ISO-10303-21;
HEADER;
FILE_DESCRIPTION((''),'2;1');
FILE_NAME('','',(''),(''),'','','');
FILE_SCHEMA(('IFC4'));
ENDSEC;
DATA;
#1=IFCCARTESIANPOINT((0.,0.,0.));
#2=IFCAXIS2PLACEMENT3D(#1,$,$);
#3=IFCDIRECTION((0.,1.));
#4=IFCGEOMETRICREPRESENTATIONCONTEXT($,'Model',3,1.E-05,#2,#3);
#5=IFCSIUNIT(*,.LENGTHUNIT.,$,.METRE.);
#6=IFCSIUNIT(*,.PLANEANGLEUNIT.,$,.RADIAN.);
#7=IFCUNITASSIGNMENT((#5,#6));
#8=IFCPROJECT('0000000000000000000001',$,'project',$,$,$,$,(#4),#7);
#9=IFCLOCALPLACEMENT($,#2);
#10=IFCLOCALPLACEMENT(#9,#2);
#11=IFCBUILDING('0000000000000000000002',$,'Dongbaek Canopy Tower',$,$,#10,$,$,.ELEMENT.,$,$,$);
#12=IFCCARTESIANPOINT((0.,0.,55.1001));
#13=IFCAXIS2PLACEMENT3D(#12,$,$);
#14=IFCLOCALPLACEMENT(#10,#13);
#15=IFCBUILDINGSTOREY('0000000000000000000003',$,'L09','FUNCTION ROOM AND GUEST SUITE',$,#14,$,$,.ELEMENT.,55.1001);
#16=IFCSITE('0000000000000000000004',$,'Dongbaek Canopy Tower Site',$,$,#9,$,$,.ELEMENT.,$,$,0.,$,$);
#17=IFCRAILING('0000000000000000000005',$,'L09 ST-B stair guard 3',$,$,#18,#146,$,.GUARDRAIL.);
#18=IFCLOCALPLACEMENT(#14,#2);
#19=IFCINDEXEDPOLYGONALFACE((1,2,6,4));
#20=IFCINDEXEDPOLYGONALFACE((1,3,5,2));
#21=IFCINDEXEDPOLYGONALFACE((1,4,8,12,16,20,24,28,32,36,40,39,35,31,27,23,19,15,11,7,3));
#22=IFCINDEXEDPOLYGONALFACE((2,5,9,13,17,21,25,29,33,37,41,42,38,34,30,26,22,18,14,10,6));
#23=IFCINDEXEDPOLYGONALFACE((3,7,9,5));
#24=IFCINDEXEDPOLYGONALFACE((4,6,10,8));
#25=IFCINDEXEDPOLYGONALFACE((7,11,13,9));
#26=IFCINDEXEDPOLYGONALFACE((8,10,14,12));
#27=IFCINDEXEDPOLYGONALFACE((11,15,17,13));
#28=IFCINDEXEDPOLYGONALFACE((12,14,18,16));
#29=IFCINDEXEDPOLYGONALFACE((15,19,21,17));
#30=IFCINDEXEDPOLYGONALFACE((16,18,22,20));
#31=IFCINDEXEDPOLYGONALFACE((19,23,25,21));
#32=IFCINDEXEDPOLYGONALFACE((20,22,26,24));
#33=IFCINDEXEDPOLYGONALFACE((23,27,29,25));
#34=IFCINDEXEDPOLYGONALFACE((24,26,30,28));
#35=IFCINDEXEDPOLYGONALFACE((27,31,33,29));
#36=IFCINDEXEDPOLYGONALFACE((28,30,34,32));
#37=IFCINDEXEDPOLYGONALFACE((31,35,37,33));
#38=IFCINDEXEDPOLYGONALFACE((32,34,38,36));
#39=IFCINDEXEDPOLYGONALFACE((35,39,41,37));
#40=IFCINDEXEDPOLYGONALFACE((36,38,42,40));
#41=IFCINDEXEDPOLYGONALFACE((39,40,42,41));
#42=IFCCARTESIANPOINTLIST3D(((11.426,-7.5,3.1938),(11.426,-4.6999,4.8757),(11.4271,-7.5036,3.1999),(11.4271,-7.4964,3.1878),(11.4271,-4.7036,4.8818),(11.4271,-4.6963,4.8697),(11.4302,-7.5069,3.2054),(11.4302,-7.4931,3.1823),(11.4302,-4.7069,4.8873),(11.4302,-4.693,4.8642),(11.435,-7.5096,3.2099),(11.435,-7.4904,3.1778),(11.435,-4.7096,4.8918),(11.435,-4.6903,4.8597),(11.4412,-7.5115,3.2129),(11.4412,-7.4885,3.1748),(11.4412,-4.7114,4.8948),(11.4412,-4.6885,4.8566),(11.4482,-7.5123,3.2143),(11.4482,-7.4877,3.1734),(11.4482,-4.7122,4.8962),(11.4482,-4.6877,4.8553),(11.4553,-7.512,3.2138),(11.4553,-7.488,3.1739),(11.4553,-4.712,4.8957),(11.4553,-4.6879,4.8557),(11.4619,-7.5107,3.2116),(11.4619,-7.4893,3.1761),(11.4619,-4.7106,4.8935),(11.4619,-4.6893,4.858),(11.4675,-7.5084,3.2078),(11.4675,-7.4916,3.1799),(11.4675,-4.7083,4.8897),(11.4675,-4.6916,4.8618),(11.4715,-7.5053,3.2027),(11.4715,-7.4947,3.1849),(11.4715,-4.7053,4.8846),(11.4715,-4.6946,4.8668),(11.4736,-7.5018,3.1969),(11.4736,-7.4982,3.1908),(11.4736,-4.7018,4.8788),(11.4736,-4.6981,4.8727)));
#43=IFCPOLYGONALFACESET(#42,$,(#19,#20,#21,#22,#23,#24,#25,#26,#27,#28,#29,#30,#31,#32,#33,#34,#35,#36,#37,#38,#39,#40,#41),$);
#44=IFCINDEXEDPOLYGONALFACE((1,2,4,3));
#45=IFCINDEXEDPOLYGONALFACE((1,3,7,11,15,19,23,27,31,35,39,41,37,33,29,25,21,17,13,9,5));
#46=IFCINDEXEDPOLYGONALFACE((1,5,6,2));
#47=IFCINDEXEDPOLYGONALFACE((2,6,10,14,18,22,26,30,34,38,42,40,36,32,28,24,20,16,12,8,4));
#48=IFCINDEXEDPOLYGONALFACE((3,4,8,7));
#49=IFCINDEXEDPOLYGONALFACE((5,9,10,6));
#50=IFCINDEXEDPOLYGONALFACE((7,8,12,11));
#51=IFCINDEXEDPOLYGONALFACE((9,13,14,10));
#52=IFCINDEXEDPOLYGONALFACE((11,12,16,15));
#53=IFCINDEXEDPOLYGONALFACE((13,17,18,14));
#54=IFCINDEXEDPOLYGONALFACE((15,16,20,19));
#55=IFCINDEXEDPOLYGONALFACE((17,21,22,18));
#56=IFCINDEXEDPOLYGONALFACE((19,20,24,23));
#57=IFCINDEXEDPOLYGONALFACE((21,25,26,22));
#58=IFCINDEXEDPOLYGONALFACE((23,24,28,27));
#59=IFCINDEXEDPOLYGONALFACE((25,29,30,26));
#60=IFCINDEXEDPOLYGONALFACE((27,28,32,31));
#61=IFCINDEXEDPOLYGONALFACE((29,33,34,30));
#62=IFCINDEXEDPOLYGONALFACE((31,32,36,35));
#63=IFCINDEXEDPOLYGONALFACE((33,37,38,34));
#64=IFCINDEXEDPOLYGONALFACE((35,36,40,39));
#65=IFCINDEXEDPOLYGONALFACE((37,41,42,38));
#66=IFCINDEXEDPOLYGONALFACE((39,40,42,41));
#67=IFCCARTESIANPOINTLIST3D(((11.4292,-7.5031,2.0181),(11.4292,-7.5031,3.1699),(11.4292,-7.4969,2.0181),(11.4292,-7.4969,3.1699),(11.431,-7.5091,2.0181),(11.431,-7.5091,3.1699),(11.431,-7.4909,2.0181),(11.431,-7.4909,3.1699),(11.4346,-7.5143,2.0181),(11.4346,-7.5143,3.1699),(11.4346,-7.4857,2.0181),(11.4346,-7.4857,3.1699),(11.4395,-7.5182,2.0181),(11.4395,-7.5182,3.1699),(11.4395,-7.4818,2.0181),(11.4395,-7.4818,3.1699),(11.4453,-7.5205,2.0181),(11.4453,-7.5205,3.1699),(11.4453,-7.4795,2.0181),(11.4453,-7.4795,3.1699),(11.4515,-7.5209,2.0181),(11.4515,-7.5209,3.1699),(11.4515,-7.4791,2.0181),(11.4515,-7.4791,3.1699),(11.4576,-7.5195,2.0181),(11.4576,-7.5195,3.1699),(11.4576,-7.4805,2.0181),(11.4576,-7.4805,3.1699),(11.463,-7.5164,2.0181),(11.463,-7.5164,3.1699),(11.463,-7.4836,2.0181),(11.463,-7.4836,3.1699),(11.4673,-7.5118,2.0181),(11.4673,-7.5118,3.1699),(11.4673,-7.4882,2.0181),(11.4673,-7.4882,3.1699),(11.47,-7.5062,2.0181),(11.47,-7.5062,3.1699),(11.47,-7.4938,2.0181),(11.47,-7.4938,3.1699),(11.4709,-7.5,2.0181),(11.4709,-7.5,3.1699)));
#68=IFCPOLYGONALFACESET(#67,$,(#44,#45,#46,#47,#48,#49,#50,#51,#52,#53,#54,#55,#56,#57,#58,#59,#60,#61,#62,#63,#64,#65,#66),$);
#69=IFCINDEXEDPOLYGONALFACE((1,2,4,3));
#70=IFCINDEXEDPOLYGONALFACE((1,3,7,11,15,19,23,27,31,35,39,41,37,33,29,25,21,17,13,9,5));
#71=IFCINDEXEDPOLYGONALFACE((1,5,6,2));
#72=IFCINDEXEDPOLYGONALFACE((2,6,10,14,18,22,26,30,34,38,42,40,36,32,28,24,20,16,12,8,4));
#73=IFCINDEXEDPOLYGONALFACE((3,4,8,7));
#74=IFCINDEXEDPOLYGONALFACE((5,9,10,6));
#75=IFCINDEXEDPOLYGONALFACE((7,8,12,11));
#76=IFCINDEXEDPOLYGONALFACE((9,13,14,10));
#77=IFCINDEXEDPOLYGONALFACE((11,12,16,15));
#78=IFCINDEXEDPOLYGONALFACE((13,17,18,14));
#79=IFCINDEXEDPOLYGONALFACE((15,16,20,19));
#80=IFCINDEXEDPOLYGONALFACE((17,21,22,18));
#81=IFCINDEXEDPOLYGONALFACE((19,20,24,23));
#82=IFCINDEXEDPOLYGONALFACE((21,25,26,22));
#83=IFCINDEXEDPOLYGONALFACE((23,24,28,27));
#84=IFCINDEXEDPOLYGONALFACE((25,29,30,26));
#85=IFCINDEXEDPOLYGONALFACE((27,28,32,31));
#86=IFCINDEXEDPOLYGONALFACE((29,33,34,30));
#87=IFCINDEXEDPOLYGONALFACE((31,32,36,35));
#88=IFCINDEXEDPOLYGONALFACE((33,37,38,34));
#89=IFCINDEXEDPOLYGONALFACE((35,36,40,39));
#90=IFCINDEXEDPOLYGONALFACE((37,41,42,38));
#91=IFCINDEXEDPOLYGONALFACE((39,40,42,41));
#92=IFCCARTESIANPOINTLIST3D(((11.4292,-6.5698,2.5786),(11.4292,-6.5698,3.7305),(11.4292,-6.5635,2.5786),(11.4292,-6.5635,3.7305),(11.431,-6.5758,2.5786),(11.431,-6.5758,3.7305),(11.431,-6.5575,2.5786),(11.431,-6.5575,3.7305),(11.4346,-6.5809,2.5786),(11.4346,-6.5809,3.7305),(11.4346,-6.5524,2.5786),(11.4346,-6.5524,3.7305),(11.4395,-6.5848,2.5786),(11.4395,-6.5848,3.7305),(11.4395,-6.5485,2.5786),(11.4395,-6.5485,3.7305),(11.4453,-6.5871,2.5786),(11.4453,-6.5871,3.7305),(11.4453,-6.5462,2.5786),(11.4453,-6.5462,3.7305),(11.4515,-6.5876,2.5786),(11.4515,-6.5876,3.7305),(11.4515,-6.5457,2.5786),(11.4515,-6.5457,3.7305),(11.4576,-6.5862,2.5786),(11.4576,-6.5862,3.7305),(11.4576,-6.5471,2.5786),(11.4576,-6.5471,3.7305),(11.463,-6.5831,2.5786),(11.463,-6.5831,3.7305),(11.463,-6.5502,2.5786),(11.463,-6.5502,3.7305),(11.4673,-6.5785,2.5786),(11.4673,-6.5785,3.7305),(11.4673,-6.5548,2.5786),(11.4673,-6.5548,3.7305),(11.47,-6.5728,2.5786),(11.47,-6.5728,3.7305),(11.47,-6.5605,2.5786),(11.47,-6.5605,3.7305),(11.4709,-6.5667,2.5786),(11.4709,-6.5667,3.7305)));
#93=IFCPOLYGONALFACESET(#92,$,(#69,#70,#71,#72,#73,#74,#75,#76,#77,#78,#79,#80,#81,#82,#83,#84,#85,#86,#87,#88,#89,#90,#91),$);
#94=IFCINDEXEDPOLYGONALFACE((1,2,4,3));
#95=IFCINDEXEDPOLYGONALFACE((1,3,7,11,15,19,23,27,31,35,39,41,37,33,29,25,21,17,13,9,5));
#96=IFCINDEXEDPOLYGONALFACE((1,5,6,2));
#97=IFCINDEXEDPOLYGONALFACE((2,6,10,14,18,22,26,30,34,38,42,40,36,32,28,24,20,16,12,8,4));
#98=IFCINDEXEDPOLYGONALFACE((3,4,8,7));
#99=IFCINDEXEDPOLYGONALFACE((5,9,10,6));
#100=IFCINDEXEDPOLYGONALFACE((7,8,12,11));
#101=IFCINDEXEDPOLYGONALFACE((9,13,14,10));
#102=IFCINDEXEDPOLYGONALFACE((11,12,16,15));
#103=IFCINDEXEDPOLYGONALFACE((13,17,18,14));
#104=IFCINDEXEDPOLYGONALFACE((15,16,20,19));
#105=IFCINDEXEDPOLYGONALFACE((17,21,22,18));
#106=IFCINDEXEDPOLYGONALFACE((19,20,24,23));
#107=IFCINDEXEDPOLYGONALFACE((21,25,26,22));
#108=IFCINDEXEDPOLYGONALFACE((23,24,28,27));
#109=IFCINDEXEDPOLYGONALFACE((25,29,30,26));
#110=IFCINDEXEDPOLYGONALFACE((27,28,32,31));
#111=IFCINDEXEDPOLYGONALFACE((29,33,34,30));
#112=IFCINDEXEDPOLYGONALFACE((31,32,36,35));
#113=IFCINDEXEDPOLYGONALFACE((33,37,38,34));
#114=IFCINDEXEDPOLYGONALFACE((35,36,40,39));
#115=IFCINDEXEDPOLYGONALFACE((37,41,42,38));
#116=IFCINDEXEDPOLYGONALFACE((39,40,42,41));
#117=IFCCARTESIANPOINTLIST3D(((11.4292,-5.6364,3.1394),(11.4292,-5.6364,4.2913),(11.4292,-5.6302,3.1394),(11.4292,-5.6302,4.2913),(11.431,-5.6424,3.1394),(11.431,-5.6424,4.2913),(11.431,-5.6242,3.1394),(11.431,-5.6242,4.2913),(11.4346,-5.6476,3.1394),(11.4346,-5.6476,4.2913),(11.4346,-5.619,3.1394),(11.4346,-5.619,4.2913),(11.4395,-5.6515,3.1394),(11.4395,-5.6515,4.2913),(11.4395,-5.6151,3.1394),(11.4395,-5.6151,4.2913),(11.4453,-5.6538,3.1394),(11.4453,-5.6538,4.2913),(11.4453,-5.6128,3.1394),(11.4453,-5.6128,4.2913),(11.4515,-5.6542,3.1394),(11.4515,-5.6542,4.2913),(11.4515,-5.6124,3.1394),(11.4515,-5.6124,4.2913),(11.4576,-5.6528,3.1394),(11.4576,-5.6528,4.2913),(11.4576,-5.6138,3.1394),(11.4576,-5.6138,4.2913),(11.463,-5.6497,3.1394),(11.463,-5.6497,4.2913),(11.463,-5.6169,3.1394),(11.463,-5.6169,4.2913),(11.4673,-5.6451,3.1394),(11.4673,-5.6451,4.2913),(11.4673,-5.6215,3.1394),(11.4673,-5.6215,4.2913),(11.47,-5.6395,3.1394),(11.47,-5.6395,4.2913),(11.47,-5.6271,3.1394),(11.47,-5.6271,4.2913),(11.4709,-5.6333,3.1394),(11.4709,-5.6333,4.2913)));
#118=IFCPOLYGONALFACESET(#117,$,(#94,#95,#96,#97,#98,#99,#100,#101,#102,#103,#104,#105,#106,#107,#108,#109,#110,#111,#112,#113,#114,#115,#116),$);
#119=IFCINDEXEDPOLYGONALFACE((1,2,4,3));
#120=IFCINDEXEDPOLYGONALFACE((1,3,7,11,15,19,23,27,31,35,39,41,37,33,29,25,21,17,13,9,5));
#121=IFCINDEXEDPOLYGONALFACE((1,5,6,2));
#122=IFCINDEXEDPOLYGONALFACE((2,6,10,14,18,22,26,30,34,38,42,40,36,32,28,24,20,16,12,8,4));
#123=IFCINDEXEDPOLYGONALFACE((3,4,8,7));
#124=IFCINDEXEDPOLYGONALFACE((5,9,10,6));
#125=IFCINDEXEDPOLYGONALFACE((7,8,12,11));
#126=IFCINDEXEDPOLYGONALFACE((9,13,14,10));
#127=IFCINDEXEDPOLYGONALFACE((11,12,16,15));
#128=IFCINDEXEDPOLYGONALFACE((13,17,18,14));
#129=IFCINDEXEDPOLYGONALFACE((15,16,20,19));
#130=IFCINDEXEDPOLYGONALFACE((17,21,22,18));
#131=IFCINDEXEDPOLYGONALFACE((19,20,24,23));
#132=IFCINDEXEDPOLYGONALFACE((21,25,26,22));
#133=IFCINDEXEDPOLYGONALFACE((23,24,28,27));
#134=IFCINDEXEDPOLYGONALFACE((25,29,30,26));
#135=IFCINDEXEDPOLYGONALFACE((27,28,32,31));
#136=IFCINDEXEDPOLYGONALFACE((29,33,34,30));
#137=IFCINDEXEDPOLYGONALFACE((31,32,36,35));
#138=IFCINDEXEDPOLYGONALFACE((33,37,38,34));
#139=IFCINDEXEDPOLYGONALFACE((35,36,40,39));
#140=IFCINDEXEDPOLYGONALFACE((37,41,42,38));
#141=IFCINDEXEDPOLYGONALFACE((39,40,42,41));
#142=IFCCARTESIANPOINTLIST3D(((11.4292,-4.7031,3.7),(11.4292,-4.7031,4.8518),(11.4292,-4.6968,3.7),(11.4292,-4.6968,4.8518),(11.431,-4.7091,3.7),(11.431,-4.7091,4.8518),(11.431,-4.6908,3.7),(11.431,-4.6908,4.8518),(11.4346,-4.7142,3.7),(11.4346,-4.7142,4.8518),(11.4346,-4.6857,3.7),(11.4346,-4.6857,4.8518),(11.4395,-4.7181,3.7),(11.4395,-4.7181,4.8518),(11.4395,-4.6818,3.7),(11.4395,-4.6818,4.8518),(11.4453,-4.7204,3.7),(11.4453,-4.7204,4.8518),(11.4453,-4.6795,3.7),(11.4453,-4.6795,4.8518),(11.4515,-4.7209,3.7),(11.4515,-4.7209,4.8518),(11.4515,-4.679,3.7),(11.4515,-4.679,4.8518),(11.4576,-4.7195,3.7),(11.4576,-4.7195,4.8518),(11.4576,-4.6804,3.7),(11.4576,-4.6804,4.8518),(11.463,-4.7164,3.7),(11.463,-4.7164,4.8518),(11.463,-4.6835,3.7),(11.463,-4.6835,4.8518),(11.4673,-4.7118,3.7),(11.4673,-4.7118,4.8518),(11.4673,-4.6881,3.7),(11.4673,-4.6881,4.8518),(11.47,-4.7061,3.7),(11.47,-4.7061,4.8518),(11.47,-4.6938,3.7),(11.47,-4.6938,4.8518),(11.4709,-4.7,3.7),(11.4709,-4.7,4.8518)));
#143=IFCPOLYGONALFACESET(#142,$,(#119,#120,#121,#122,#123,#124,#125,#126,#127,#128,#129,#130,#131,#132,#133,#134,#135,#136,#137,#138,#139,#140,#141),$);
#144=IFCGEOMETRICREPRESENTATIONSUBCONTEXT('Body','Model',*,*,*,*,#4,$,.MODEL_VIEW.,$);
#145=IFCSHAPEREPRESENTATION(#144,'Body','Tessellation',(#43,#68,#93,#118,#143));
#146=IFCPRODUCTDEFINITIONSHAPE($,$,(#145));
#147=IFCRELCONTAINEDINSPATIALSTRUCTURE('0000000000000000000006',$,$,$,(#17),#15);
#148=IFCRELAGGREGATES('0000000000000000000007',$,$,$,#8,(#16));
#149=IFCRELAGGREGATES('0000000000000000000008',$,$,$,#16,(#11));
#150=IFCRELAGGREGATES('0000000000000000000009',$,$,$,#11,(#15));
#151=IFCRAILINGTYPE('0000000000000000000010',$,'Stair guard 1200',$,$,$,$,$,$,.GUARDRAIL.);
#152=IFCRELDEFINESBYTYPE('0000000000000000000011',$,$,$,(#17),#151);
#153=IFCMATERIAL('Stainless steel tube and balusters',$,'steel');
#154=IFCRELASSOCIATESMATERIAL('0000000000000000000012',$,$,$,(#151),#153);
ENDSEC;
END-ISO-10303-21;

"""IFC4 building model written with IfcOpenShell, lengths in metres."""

from ifc_helpers import new_model, si_unit, direction, frame, origin, origin_2d, place, context, subcontext, project, spatial, circle, extrude, material, type_object, element, save


model = new_model("IFC4")

# Units and contexts
model_context = context("Model", 3, precision=1e-05, world=origin(), true_north=direction((0.0, 1.0)))
body_context = subcontext(model_context, "Body", "Model", "MODEL_VIEW")
ifc_project = project(units=[si_unit("LENGTHUNIT", "METRE"), si_unit("PLANEANGLEUNIT", "RADIAN")], contexts=[model_context])

# Site, building, storey
site_placement = place(None, origin())
site = spatial("IfcSite", under=ifc_project, at=site_placement, Name="Dongbaek Canopy Tower Site", CompositionType="ELEMENT", RefElevation=0.0)
building_placement = place(site_placement, origin())
building = spatial("IfcBuilding", under=site, at=building_placement, Name="Dongbaek Canopy Tower", CompositionType="ELEMENT")
storey_placement = place(building_placement, frame((0.0, 0.0, 55.1001)))
storey = spatial("IfcBuildingStorey", under=building, at=storey_placement, Name="L09", Description="FUNCTION ROOM AND GUEST SUITE", CompositionType="ELEMENT", Elevation=55.1001)

# Railing
ifc_material_1 = material(Name="Stainless steel tube and balusters", Category="steel")
railing_type_1 = type_object("IfcRailingType", Name="Stair guard 1200", PredefinedType="GUARDRAIL", material=ifc_material_1)
railing_1_placement = place(storey_placement, frame((11.45, -7.5, 2.0181)))
element("IfcRailing", 1, at=railing_1_placement, inside=storey, type_object=railing_type_1, Name="L09 ST-B stair guard 3", PredefinedType="GUARDRAIL", context=body_context, shape_type="SweptSolid", body=[
    extrude(circle(Radius=0.0239, at=origin_2d()), frame((0.0, 0.0, 1.1758), z_axis=(0.0, 0.857242, 0.514913), x_axis=(-1.0, 0.0, 0.0)), (0.0, 0.0, 1.0), 3.2664),
    extrude(circle(Radius=0.021, at=origin_2d()), origin(), (0.0, 0.0, 1.0), 1.1519),
    extrude(circle(Radius=0.021, at=origin_2d()), frame((0.0, 0.9333, 0.5605)), (0.0, 0.0, 1.0), 1.1519),
    extrude(circle(Radius=0.021, at=origin_2d()), frame((0.0, 1.8667, 1.1213)), (0.0, 0.0, 1.0), 1.1519),
    extrude(circle(Radius=0.021, at=origin_2d()), frame((0.0, 2.8, 1.6819)), (0.0, 0.0, 1.0), 1.1519),
])

save(model, "model.ifc")
